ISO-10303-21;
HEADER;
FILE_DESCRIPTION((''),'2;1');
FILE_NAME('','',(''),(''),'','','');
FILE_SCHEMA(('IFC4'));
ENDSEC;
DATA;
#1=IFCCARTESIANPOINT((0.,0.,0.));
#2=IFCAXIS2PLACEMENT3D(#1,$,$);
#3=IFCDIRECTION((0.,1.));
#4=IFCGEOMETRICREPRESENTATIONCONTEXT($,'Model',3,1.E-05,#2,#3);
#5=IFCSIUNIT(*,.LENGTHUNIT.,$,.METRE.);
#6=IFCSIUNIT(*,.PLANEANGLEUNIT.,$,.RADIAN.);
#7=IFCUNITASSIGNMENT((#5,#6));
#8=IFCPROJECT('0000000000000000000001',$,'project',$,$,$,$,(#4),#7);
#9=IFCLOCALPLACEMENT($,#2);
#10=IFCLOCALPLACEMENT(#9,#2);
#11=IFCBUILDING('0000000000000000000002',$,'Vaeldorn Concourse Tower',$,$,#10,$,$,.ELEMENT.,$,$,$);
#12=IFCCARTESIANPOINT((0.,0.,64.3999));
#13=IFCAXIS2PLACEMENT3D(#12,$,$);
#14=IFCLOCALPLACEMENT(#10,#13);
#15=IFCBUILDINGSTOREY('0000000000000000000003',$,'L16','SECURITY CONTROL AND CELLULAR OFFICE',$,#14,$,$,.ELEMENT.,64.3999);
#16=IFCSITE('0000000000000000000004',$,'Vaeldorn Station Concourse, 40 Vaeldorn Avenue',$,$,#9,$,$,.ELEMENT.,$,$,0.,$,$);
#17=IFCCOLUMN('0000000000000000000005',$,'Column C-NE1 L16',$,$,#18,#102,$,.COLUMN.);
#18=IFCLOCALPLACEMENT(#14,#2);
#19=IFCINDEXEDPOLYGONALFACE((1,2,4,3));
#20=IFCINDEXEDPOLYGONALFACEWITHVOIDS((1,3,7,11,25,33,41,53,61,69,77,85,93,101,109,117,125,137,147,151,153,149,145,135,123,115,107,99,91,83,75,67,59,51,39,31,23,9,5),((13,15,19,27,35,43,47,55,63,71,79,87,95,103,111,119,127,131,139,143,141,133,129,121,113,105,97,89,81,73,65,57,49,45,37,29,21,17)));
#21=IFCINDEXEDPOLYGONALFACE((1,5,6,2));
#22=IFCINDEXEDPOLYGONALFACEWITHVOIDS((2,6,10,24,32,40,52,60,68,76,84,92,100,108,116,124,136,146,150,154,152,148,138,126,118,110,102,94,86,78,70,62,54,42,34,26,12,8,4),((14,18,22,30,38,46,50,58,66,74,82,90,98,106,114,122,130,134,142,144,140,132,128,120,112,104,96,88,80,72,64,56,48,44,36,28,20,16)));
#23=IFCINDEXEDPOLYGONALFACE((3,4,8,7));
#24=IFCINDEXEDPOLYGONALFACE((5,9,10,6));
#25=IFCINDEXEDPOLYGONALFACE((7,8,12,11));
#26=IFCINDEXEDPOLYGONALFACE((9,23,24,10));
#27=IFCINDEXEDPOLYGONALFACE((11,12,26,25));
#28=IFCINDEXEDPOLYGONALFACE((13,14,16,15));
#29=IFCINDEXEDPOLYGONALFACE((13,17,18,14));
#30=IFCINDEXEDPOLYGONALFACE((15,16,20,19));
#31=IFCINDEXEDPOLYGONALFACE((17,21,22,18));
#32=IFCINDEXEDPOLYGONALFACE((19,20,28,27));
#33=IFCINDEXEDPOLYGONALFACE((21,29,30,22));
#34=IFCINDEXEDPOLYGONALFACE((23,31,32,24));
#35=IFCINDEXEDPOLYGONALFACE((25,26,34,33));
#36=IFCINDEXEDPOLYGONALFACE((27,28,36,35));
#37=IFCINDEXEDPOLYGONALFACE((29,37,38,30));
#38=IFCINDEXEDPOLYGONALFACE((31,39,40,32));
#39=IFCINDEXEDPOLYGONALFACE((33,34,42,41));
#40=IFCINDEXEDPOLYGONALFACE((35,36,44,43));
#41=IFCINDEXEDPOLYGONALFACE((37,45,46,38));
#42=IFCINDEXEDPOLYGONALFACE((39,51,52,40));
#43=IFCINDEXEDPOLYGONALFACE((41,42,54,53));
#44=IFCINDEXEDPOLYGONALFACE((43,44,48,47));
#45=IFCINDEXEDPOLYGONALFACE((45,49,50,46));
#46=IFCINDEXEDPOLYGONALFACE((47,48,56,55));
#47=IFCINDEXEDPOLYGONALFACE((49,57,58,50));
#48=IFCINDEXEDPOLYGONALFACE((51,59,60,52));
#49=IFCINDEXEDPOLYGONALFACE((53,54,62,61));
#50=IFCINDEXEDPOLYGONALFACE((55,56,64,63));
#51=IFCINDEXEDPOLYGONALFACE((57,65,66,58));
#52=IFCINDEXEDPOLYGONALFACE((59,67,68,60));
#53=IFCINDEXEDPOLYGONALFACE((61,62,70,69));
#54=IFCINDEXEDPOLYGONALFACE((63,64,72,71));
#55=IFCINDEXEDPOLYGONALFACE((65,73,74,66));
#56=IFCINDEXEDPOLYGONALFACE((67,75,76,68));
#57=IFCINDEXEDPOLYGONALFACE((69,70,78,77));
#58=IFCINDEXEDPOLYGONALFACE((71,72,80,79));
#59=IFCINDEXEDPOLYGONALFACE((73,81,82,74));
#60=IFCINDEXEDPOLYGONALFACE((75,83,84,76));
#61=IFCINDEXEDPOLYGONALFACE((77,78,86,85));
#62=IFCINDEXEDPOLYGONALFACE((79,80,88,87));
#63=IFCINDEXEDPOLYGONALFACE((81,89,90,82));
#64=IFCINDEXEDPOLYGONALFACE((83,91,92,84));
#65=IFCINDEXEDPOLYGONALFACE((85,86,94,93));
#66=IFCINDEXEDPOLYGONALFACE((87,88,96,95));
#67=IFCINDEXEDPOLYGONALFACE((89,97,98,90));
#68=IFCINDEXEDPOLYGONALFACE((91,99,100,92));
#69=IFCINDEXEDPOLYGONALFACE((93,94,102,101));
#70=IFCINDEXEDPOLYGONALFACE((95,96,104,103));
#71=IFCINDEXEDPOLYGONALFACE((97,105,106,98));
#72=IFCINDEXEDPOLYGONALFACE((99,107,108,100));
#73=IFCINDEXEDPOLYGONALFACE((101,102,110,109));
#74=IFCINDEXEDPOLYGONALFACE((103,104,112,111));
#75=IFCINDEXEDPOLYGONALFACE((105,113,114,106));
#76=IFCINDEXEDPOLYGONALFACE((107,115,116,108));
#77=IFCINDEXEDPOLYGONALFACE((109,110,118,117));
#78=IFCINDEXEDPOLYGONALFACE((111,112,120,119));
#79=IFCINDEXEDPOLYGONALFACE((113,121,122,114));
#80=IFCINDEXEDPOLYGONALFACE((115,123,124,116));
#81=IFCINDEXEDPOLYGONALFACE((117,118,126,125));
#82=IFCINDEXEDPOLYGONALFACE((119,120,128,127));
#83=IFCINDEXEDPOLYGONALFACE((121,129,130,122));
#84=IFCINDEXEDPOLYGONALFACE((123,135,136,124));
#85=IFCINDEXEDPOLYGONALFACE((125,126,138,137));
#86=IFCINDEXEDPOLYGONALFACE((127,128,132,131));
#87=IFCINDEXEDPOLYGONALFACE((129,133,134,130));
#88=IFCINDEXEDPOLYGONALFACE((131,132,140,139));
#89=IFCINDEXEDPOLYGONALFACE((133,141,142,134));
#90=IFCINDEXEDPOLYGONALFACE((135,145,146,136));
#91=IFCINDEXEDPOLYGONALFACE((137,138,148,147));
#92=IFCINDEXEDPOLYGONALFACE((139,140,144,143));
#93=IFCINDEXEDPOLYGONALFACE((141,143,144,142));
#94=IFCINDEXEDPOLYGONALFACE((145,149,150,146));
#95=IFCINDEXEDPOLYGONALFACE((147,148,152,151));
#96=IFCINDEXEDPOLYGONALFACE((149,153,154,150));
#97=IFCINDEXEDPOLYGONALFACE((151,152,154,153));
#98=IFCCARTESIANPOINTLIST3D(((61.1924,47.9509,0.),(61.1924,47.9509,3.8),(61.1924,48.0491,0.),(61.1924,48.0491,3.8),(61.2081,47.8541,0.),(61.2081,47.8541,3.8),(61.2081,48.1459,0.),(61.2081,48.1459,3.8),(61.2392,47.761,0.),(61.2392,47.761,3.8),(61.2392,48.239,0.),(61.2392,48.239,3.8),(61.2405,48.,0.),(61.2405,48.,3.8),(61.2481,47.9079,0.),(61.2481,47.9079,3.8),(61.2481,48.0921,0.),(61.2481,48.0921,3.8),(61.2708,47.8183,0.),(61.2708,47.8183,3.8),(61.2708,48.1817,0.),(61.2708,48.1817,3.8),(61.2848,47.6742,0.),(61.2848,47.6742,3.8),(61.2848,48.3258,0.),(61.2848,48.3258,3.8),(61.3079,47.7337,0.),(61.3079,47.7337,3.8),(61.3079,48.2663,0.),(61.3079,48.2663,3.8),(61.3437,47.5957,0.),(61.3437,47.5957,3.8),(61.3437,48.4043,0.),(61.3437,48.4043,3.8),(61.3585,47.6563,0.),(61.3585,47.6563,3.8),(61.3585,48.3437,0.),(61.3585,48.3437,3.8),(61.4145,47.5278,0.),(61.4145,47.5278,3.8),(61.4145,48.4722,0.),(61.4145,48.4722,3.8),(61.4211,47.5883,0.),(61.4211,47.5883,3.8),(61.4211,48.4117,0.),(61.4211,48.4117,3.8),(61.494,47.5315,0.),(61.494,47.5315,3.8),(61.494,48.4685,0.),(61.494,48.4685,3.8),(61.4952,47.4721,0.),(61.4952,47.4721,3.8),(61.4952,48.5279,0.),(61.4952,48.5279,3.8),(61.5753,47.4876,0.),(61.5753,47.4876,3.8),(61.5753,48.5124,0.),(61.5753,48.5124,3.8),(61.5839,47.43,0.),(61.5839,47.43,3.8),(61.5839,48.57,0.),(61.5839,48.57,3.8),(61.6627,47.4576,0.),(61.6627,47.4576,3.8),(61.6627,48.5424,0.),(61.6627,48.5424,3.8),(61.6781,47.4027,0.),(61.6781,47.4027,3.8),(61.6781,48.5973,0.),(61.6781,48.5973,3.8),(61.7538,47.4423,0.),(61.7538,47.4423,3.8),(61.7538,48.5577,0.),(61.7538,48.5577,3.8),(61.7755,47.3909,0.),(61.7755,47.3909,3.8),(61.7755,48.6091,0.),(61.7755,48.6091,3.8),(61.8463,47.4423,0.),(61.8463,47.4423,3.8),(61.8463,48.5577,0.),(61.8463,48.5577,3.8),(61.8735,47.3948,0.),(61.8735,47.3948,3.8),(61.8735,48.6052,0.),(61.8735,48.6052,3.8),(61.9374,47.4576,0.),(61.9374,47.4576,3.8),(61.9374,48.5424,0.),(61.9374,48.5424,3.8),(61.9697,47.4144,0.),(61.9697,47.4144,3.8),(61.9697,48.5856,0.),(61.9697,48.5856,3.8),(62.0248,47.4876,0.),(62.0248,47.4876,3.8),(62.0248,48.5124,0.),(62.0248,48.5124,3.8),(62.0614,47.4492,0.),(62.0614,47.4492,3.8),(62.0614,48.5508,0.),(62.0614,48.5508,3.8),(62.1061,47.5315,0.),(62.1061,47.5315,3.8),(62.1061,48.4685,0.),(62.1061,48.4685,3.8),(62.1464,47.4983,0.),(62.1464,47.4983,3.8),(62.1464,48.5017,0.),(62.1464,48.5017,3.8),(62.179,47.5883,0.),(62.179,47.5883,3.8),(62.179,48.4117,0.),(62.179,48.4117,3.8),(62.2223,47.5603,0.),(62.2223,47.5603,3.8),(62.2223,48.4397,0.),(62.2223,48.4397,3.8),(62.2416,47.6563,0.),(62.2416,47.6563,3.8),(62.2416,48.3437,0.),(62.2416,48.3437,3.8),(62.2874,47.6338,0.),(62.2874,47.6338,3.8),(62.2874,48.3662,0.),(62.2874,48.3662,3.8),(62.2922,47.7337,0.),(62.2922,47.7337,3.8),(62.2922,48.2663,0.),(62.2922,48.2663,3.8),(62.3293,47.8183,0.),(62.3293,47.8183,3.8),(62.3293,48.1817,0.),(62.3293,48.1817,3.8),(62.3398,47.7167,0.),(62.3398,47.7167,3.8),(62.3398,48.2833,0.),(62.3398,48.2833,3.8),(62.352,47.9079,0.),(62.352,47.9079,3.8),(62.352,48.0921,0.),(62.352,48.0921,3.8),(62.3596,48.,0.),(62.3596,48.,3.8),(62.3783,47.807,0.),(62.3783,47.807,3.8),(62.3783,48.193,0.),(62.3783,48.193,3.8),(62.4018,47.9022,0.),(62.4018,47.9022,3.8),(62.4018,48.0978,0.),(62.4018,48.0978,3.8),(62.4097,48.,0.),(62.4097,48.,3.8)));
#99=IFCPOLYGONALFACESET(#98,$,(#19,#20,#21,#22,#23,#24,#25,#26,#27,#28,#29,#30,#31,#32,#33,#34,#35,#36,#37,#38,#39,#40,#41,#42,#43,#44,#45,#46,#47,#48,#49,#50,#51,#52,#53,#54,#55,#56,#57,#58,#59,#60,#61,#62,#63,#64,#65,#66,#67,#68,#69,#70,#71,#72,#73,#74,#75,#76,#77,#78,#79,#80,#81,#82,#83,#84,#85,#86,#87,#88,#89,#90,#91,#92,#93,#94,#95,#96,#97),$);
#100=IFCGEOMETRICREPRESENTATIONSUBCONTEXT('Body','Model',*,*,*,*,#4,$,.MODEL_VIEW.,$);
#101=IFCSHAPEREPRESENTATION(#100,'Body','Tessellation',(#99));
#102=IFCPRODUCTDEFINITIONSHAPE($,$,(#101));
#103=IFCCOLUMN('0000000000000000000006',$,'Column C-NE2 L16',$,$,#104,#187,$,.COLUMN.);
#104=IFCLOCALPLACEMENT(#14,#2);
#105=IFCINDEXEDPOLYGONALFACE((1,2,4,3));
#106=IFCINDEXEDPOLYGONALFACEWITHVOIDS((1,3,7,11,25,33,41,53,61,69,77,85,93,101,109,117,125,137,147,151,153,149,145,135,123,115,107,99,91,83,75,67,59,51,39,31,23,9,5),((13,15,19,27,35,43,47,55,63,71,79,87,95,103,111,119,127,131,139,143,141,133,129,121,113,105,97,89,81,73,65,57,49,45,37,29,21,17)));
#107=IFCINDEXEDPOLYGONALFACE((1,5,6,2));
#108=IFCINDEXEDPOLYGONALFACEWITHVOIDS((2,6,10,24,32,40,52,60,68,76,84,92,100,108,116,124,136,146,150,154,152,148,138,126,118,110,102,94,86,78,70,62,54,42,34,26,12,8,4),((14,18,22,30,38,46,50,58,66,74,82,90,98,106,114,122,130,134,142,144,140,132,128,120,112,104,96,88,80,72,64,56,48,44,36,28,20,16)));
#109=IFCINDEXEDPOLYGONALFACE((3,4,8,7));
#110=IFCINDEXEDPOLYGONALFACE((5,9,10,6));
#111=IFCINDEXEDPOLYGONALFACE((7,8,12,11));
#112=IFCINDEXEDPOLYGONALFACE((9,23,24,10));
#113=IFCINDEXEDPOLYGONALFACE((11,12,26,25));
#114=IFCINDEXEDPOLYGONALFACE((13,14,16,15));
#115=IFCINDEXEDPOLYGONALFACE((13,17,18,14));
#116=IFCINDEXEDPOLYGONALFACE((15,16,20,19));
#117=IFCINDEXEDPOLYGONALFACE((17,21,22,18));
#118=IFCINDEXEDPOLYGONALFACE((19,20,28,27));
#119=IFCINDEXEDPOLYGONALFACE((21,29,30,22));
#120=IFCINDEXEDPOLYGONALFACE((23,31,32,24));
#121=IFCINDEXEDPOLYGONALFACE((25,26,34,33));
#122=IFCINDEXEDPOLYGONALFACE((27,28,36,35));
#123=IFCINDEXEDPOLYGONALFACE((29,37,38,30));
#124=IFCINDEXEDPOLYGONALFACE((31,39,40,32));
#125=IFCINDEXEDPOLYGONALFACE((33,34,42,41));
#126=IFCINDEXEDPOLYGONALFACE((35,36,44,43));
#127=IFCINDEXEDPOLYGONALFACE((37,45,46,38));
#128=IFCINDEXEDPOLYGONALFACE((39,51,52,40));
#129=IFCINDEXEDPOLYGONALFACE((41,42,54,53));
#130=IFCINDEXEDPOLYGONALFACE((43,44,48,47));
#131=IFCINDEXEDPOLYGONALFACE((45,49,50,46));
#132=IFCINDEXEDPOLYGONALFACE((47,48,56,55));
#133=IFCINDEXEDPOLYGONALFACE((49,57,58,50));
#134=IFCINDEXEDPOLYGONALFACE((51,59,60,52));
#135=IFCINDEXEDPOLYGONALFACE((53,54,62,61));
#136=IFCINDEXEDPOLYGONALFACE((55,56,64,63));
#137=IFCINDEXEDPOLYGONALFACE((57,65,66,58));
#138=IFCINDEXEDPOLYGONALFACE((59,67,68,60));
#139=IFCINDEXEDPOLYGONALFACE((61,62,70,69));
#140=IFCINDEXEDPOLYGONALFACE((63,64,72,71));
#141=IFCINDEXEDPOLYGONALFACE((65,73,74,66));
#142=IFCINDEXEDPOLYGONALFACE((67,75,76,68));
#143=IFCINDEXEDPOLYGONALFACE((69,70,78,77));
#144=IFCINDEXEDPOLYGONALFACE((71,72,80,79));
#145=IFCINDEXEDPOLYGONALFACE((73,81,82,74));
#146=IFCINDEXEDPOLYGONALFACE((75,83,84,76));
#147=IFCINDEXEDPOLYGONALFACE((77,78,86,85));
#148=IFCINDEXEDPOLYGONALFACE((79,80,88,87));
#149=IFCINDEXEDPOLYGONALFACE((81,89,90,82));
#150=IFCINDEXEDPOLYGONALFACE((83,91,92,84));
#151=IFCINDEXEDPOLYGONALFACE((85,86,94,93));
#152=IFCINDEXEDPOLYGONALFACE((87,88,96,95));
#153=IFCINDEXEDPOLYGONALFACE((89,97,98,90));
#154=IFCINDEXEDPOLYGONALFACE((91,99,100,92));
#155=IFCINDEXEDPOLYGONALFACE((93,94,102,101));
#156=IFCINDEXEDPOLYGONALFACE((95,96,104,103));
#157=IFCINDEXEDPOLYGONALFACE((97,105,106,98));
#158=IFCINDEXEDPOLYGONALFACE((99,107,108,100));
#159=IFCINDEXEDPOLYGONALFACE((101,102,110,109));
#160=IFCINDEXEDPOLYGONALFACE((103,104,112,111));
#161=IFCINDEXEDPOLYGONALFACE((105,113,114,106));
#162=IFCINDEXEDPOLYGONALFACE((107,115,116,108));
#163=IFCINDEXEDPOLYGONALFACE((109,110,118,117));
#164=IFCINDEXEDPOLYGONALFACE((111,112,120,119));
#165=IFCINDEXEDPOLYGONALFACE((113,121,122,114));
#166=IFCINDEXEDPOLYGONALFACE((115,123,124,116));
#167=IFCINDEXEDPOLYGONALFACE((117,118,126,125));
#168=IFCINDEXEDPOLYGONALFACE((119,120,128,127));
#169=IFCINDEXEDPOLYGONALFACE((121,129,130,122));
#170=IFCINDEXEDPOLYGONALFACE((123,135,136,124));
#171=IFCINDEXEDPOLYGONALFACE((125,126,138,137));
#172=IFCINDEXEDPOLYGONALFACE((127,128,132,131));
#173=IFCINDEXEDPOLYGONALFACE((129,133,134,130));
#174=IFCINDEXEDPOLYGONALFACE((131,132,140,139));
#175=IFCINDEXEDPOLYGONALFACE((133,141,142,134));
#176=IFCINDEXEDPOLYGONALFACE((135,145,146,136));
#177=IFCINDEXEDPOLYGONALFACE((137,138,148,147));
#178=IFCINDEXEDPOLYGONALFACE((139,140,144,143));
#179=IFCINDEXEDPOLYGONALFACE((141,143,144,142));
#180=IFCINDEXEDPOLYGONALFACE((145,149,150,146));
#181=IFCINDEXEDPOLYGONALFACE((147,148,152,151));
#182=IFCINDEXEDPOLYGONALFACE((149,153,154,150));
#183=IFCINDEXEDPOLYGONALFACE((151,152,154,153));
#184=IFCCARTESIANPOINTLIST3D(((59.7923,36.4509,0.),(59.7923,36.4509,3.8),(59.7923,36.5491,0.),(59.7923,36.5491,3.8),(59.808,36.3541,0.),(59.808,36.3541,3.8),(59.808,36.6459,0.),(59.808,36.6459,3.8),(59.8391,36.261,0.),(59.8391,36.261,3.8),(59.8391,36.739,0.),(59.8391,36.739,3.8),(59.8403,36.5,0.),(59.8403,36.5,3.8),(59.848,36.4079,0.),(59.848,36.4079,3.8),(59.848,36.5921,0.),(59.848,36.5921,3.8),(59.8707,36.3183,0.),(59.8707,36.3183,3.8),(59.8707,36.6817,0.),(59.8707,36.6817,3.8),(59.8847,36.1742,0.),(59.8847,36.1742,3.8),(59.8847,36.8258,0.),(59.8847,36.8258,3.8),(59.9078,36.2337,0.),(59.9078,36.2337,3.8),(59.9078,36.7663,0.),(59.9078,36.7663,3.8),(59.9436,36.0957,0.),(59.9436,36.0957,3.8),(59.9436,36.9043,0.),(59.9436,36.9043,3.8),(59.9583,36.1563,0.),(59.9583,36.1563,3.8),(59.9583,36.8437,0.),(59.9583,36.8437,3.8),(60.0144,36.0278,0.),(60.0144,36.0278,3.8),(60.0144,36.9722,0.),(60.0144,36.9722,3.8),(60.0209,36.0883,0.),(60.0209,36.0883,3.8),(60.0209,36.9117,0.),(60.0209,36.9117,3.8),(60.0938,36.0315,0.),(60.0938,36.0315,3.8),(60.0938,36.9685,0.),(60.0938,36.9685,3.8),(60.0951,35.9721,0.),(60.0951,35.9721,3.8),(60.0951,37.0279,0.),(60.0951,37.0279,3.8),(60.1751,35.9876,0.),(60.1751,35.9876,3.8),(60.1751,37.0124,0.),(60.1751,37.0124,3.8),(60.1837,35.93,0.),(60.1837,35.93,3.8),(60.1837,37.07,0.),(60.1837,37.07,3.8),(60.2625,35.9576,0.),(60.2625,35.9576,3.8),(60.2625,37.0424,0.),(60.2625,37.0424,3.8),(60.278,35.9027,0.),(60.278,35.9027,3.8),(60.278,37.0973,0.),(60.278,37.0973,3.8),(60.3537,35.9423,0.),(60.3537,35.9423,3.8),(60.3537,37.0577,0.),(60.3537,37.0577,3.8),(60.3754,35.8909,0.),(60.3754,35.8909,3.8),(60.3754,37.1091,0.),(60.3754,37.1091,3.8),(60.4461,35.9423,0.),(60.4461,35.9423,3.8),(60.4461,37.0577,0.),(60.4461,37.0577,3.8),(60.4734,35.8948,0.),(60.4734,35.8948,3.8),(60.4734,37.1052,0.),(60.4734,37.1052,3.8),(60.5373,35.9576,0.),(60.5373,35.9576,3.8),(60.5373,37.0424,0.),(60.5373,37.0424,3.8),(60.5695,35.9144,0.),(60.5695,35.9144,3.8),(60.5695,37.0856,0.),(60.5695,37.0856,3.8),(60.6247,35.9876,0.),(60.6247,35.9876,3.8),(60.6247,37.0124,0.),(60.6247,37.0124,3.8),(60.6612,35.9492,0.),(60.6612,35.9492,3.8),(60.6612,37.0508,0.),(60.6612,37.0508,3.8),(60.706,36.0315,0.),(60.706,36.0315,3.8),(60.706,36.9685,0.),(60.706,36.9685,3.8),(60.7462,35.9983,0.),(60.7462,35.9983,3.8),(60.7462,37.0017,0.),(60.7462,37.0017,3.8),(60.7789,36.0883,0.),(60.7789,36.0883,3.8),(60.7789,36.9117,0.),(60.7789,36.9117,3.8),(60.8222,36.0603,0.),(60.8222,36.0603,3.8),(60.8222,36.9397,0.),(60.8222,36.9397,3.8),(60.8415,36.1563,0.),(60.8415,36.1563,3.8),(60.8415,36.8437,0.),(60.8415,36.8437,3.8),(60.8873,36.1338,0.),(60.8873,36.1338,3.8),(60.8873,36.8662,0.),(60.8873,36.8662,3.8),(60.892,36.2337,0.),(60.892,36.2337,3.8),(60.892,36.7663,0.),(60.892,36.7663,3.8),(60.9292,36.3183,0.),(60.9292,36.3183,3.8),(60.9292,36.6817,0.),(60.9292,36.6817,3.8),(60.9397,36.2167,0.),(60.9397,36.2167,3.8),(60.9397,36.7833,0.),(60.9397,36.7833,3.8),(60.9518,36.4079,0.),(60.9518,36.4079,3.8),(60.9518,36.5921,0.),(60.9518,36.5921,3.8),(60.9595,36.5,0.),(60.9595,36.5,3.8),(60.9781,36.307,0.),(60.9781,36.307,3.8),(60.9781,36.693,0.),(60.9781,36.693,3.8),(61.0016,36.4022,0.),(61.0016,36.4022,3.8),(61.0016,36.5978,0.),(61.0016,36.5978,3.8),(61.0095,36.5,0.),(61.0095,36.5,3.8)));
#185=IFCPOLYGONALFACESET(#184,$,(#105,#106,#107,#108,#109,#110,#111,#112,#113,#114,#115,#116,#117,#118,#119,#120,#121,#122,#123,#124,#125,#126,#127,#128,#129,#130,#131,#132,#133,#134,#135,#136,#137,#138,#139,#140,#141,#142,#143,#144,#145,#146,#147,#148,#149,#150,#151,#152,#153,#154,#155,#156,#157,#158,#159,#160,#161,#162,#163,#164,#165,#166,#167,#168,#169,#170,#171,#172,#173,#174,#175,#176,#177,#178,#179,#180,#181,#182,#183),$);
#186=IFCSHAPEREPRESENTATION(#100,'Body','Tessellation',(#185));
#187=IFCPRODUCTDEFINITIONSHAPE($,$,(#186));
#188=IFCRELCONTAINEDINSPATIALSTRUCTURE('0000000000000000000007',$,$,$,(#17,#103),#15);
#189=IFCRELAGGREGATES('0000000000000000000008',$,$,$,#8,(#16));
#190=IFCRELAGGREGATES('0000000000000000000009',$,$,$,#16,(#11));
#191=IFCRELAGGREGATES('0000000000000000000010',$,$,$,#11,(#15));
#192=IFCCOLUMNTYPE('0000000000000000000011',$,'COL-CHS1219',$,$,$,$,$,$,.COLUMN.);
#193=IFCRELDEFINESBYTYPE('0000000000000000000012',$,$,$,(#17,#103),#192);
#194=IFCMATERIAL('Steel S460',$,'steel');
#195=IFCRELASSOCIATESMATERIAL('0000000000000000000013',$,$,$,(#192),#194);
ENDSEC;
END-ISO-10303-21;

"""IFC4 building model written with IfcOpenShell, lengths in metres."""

from ifc_helpers import new_model, si_unit, direction, frame, origin, origin_2d, place, context, subcontext, project, spatial, hollow_circle, extrude, source, transform, mapped, material, material_profile, profile_set, type_object, element, save


model = new_model("IFC4")

# Units and contexts
model_context = context("Model", 3, precision=1e-05, world=origin(), true_north=direction((0.0, 1.0)))
body_context = subcontext(model_context, "Body", "Model", "MODEL_VIEW")
ifc_project = project(units=[si_unit("LENGTHUNIT", "METRE"), si_unit("PLANEANGLEUNIT", "RADIAN")], contexts=[model_context])

# Site, building, storey
site_placement = place(None, origin())
site = spatial("IfcSite", under=ifc_project, at=site_placement, Name="Vaeldorn Station Concourse, 40 Vaeldorn Avenue", CompositionType="ELEMENT", RefElevation=0.0)
building_placement = place(site_placement, origin())
building = spatial("IfcBuilding", under=site, at=building_placement, Name="Vaeldorn Concourse Tower", CompositionType="ELEMENT")
storey_placement = place(building_placement, frame((0.0, 0.0, 64.3999)))
storey = spatial("IfcBuildingStorey", under=building, at=storey_placement, Name="L16", Description="SECURITY CONTROL AND CELLULAR OFFICE", CompositionType="ELEMENT", Elevation=64.3999)

# Columns
ifc_material_1 = material(Name="Steel S460", Category="steel")
ifc_material_profile_1 = material_profile(ifc_material_1, hollow_circle(Radius=0.6096, WallThickness=0.05, at=origin_2d()), Name="CHS 1219x50")
ifc_profile_set_1 = profile_set([ifc_material_profile_1], Name="Steel S460")
column_type = type_object("IfcColumnType", Name="COL-CHS1219", PredefinedType="COLUMN", material=ifc_profile_set_1)
shared_shape_1 = source(origin(), body_context, "Body", "SweptSolid", [
    extrude(hollow_circle(Radius=0.6096, WallThickness=0.05, at=origin_2d()), origin(), (0.0, 0.0, 1.0), 3.8),
])
for number, where, z_axis, x_axis, name in (
    (1, (61.8, 48.0, 0.0), (0.0, 0.0, 1.0), (1.0, 0.0, 0.0), "Column C-NE1 L16"),
    (2, (60.3999, 36.5, 0.0), (0.0, 0.0, 1.0), (1.0, 0.0, 0.0), "Column C-NE2 L16"),
):
    element("IfcColumn", number, at=place(storey_placement, frame(where, z_axis=z_axis, x_axis=x_axis)), inside=storey, type_object=column_type, Name=name, PredefinedType="COLUMN", context=body_context, shape_type="MappedRepresentation", body=[
        mapped(shared_shape_1, transform((0.0, 0.0, 0.0), scale=1.0)),
    ])

save(model, "model.ifc")
